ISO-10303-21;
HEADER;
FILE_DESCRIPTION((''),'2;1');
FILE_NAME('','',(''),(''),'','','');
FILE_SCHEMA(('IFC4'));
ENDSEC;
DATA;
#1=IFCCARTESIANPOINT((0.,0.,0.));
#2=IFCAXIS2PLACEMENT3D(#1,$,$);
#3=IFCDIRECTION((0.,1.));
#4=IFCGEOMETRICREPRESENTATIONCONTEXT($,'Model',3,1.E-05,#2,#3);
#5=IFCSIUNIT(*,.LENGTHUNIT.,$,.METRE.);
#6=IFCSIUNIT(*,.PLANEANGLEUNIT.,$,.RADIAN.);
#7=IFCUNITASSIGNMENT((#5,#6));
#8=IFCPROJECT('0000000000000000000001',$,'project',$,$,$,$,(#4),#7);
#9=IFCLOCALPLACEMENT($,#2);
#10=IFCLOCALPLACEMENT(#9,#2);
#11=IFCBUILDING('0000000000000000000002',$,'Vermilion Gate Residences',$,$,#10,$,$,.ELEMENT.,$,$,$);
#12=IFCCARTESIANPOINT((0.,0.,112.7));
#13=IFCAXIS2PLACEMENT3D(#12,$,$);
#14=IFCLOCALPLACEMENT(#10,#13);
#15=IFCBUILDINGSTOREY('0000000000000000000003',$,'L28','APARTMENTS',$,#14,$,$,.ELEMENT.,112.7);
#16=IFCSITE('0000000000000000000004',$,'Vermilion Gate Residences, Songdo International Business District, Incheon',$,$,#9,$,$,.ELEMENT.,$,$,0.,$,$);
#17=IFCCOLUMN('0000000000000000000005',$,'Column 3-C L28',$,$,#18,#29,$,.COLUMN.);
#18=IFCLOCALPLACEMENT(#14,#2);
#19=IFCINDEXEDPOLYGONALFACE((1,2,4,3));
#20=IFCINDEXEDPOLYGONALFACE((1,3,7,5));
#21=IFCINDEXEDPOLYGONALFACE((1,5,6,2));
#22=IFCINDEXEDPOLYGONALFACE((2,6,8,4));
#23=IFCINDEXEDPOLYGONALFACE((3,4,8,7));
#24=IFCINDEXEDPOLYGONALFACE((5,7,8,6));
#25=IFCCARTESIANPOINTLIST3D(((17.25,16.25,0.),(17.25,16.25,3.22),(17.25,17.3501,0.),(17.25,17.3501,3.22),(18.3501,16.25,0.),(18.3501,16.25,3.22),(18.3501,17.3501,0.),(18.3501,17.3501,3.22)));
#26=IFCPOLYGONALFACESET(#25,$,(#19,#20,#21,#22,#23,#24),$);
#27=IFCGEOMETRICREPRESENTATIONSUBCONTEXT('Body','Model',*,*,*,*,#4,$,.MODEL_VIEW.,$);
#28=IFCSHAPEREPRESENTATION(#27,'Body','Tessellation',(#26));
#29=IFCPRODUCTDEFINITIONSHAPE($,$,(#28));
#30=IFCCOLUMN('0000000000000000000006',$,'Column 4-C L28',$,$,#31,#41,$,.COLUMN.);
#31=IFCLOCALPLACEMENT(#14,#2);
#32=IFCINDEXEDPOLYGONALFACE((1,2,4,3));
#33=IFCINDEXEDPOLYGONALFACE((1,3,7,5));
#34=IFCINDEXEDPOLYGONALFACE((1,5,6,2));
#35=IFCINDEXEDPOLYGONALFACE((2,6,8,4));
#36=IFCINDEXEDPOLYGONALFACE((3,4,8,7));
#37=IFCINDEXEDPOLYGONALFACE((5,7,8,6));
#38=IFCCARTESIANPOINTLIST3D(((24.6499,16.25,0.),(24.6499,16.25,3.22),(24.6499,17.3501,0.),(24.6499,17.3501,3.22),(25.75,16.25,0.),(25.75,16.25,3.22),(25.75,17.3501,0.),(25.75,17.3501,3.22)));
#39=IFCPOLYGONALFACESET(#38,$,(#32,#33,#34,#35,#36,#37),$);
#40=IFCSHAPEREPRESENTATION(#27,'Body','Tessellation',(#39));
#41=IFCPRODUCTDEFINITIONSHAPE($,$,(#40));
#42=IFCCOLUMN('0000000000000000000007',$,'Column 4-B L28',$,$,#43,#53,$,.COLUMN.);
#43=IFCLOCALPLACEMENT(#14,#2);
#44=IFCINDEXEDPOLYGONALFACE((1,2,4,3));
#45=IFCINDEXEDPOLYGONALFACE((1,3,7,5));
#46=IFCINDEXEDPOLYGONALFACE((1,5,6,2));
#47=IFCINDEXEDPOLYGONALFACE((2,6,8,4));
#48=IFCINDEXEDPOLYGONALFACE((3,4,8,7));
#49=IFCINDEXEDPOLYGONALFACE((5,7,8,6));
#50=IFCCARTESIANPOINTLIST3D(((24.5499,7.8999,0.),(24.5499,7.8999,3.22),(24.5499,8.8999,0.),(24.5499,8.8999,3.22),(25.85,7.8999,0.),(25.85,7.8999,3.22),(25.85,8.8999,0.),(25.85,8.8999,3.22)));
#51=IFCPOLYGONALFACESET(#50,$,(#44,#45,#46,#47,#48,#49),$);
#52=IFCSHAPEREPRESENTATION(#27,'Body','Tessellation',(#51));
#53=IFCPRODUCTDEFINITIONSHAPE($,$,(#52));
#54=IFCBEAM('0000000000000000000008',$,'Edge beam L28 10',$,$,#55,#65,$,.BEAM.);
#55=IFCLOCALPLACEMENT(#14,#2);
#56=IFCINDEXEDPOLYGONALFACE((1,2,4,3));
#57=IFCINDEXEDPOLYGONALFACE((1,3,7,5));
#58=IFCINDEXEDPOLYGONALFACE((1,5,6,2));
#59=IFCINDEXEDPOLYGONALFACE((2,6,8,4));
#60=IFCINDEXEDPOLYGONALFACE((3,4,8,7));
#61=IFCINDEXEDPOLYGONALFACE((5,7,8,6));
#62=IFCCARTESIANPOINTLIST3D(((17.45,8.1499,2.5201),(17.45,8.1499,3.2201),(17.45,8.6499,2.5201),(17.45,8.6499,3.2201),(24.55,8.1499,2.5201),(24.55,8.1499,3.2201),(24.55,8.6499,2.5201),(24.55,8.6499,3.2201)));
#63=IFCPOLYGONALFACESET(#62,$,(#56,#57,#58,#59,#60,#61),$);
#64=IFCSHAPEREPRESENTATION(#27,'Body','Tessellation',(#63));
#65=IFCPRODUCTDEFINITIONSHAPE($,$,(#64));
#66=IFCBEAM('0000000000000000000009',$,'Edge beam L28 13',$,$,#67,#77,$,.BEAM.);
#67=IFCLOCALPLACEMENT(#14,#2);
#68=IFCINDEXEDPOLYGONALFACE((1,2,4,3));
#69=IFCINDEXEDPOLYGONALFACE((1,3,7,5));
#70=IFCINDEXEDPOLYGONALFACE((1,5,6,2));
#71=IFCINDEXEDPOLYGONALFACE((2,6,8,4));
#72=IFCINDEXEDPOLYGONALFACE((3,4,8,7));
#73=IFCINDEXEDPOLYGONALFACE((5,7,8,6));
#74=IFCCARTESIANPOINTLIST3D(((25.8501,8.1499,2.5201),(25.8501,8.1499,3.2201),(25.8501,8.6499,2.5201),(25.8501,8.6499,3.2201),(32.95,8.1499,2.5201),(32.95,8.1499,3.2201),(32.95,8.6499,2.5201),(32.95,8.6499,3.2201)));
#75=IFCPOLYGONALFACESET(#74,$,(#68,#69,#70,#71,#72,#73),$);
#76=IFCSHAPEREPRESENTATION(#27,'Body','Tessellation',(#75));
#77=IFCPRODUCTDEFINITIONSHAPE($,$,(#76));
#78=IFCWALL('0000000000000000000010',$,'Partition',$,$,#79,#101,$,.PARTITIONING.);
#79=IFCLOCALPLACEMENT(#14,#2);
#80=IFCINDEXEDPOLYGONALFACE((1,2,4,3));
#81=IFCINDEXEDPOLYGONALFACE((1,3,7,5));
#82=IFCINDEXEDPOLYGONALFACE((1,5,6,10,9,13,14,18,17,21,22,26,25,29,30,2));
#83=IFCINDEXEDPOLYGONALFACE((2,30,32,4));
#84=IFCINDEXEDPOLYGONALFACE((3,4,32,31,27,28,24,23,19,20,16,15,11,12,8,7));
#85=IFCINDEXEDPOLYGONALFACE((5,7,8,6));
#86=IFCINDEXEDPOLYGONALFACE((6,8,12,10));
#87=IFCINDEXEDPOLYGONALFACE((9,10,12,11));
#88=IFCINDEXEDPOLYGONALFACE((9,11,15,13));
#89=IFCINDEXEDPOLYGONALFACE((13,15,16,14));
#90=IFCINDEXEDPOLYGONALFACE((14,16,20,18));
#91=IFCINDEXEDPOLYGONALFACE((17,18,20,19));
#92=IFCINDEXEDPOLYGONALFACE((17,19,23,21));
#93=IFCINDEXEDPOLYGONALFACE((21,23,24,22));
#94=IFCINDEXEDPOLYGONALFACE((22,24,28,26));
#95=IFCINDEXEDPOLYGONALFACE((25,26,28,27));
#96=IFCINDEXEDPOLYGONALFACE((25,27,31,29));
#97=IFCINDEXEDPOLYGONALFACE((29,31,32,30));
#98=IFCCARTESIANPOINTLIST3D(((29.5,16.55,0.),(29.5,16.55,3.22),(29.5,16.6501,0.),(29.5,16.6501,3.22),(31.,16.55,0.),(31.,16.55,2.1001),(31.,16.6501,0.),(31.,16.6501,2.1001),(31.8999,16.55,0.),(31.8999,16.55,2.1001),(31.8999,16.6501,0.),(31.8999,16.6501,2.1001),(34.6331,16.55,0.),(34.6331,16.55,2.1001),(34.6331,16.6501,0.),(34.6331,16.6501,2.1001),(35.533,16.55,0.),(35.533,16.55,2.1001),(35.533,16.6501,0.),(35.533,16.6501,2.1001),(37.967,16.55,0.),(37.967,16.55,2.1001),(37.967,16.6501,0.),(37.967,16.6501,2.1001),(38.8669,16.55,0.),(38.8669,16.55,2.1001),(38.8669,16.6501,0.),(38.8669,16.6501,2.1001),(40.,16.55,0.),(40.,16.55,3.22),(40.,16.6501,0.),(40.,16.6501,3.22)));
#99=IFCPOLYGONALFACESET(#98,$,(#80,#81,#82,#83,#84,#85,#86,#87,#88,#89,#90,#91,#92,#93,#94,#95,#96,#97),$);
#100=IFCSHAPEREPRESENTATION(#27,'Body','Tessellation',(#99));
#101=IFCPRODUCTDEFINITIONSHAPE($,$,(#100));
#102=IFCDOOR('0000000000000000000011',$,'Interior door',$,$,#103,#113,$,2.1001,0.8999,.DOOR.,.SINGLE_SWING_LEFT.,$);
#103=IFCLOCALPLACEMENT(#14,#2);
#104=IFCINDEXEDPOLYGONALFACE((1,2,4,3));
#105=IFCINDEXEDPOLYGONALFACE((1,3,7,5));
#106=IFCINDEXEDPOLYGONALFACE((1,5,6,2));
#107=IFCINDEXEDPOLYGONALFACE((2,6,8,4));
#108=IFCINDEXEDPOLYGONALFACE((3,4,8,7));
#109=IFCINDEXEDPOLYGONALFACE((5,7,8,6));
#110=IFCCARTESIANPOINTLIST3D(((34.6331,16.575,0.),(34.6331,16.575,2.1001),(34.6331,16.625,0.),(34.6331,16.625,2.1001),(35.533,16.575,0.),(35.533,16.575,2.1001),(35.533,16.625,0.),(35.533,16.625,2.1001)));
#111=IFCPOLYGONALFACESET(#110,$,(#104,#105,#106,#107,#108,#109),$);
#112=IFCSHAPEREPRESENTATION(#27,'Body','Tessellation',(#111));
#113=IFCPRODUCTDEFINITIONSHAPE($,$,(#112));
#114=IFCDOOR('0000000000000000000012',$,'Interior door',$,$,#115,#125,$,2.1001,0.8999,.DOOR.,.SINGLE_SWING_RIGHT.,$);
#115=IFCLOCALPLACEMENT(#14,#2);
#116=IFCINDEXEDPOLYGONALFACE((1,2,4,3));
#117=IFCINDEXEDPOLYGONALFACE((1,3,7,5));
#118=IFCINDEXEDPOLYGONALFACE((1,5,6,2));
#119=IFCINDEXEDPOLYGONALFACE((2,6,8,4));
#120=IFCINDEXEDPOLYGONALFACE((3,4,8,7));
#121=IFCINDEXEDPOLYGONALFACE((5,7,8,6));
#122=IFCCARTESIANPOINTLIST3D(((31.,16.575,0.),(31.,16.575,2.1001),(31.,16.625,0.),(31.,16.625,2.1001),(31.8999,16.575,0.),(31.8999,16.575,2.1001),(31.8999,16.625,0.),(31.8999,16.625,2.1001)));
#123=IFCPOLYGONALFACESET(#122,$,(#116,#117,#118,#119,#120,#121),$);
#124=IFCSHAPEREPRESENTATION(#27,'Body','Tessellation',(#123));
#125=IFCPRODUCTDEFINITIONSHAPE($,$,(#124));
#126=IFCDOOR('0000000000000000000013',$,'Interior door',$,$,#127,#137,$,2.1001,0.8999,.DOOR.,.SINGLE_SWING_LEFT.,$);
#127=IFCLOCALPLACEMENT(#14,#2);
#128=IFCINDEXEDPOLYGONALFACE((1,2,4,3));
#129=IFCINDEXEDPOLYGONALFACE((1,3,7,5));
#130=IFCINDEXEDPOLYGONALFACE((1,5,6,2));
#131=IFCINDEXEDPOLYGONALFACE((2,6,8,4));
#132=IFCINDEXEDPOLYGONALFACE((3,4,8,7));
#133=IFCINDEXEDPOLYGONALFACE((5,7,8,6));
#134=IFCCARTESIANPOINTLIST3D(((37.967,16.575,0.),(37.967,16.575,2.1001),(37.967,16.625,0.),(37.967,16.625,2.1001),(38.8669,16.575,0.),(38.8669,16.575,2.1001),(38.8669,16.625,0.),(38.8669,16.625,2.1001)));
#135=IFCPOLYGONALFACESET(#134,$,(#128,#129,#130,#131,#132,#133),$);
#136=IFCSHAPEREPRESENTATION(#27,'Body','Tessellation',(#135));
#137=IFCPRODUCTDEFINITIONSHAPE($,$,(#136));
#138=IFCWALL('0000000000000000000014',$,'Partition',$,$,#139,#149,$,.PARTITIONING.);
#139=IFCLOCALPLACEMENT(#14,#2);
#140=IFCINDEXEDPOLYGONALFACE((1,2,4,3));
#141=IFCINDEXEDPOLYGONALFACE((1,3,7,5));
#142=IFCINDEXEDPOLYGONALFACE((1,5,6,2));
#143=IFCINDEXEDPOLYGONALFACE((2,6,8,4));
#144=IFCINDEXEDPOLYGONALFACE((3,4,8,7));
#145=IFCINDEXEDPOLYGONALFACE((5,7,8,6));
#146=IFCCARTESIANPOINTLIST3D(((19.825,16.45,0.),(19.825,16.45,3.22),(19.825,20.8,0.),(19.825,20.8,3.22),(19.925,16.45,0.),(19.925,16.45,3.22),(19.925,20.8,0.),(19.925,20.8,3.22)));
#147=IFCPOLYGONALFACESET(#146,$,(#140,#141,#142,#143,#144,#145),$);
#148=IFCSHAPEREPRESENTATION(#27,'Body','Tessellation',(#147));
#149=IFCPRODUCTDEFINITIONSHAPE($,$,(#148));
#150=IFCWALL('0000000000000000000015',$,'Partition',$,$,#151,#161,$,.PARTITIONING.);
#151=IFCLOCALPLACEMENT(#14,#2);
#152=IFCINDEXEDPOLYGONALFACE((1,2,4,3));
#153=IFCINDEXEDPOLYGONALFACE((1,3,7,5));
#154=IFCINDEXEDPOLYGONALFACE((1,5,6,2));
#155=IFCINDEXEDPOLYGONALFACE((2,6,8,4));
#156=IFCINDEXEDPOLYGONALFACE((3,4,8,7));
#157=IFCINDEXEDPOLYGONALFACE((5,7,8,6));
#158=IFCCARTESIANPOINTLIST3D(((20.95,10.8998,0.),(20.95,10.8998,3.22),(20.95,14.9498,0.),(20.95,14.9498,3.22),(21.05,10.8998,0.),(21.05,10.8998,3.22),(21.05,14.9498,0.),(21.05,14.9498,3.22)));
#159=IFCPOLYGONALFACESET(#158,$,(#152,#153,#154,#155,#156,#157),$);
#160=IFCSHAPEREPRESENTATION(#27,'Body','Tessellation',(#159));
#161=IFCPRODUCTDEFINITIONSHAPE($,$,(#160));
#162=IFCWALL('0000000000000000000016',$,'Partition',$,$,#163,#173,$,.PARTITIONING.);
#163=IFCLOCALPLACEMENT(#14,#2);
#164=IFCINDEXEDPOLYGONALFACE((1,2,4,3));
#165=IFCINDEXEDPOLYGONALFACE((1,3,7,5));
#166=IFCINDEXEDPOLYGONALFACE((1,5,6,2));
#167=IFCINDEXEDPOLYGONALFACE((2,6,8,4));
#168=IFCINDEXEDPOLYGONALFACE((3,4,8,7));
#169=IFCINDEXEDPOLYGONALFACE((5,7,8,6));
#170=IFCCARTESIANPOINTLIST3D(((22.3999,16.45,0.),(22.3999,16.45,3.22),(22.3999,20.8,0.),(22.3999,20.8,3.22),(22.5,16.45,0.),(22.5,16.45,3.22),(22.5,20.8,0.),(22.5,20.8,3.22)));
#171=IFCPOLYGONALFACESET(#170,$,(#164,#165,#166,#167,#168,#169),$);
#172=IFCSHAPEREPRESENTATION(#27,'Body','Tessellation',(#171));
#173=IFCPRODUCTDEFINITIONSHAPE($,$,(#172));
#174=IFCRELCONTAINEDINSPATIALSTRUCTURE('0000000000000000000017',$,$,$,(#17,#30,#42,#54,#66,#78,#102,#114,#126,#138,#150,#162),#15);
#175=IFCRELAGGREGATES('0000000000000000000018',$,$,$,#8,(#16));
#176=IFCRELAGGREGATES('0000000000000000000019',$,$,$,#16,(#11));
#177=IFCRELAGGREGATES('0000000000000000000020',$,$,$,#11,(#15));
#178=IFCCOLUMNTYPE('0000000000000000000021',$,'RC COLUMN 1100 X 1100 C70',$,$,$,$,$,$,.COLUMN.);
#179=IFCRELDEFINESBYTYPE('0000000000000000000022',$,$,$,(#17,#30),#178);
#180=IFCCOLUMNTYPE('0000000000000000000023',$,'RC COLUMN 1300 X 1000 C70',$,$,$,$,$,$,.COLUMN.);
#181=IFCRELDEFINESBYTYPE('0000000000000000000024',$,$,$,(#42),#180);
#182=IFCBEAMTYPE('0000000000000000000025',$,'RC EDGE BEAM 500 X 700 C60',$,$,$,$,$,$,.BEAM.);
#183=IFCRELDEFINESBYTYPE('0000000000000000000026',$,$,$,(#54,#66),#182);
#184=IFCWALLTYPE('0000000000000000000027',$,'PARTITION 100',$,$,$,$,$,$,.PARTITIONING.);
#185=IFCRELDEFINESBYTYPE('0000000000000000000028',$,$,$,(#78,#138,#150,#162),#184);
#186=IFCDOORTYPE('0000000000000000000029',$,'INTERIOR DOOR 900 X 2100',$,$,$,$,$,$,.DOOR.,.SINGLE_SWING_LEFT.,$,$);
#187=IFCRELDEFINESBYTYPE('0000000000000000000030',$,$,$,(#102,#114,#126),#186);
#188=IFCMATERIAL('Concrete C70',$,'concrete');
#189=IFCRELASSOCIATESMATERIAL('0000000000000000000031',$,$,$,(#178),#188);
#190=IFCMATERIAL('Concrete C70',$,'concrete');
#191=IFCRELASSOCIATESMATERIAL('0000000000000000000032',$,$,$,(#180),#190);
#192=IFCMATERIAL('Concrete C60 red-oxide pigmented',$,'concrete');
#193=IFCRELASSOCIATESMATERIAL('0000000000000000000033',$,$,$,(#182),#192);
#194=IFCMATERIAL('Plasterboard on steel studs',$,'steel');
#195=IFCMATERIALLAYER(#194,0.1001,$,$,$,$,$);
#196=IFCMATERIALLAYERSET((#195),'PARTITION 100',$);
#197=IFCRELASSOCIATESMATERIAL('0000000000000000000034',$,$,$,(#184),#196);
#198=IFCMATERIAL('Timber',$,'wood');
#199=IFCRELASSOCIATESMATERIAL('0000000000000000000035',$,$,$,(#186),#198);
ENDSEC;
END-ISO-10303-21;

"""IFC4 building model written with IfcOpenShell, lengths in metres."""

from ifc_helpers import new_model, si_unit, direction, frame, frame_2d, origin, origin_2d, place, context, subcontext, project, spatial, rectangle, extrude, material, layer, layer_set, material_profile, profile_set, type_object, element, fill, save


model = new_model("IFC4")

# Units and contexts
model_context = context("Model", 3, precision=1e-05, world=origin(), true_north=direction((0.0, 1.0)))
body_context = subcontext(model_context, "Body", "Model", "MODEL_VIEW")
ifc_project = project(units=[si_unit("LENGTHUNIT", "METRE"), si_unit("PLANEANGLEUNIT", "RADIAN")], contexts=[model_context])

# Site, building, storey
site_placement = place(None, origin())
site = spatial("IfcSite", under=ifc_project, at=site_placement, Name="Vermilion Gate Residences, Songdo International Business District, Incheon", CompositionType="ELEMENT", RefElevation=0.0)
building_placement = place(site_placement, origin())
building = spatial("IfcBuilding", under=site, at=building_placement, Name="Vermilion Gate Residences", CompositionType="ELEMENT")
storey_placement = place(building_placement, frame((0.0, 0.0, 112.7)))
storey = spatial("IfcBuildingStorey", under=building, at=storey_placement, Name="L28", Description="APARTMENTS", CompositionType="ELEMENT", Elevation=112.7)

# Columns
ifc_material_1 = material(Name="Concrete C70", Category="concrete")
ifc_material_profile_1 = material_profile(ifc_material_1, rectangle(XDim=1.1001, YDim=1.1001, at=origin_2d()), Name="RC-1100x1100")
ifc_profile_set_1 = profile_set([ifc_material_profile_1], Name="Concrete C70")
column_type_1 = type_object("IfcColumnType", Name="RC COLUMN 1100 X 1100 C70", PredefinedType="COLUMN", material=ifc_profile_set_1)
for number, where, z_axis, x_axis, name in (
    (1, (17.8, 16.8, 0.0), (0.0, 0.0, 1.0), (1.0, 0.0, 0.0), "Column 3-C L28"),
    (2, (25.2, 16.8, 0.0), (0.0, 0.0, 1.0), (1.0, 0.0, 0.0), "Column 4-C L28"),
):
    element("IfcColumn", number, at=place(storey_placement, frame(where, z_axis=z_axis, x_axis=x_axis)), inside=storey, type_object=column_type_1, Name=name, PredefinedType="COLUMN", context=body_context, shape_type="SweptSolid", body=[
        extrude(rectangle(XDim=1.1001, YDim=1.1001, at=origin_2d()), origin(), (0.0, 0.0, 1.0), 3.22),
    ])
ifc_material_2 = material(Name="Concrete C70", Category="concrete")
ifc_material_profile_2 = material_profile(ifc_material_2, rectangle(XDim=1.3, YDim=1.0, at=origin_2d()), Name="RC-1300x1000")
ifc_profile_set_2 = profile_set([ifc_material_profile_2], Name="Concrete C70")
column_type_2 = type_object("IfcColumnType", Name="RC COLUMN 1300 X 1000 C70", PredefinedType="COLUMN", material=ifc_profile_set_2)
column_placement = place(storey_placement, frame((25.2, 8.3999, 0.0), z_axis=(0.0, 0.0, 1.0), x_axis=(1.0, 0.0, 0.0)))
element("IfcColumn", 3, at=column_placement, inside=storey, type_object=column_type_2, Name="Column 4-B L28", PredefinedType="COLUMN", context=body_context, shape_type="SweptSolid", body=[
    extrude(rectangle(XDim=1.3, YDim=1.0, at=origin_2d()), origin(), (0.0, 0.0, 1.0), 3.22),
])

# Beams
ifc_material_3 = material(Name="Concrete C60 red-oxide pigmented", Category="concrete")
ifc_material_profile_3 = material_profile(ifc_material_3, rectangle(XDim=0.5, YDim=0.7, at=origin_2d()), Name="RC-500x700")
ifc_profile_set_3 = profile_set([ifc_material_profile_3], Name="Concrete C60 red-oxide pigmented")
beam_type = type_object("IfcBeamType", Name="RC EDGE BEAM 500 X 700 C60", PredefinedType="BEAM", material=ifc_profile_set_3)
beam_1_placement = place(storey_placement, frame((17.45, 8.3999, 2.8701), z_axis=(1.0, 0.0, 0.0), x_axis=(0.0, 1.0, 0.0)))
element("IfcBeam", 4, at=beam_1_placement, inside=storey, type_object=beam_type, Name="Edge beam L28 10", PredefinedType="BEAM", context=body_context, shape_type="SweptSolid", body=[
    extrude(rectangle(XDim=0.5, YDim=0.7, at=origin_2d()), origin(), (0.0, 0.0, 1.0), 7.1001),
])
beam_2_placement = place(storey_placement, frame((25.8501, 8.3999, 2.8701), z_axis=(1.0, 0.0, 0.0), x_axis=(0.0, 1.0, 0.0)))
element("IfcBeam", 5, at=beam_2_placement, inside=storey, type_object=beam_type, Name="Edge beam L28 13", PredefinedType="BEAM", context=body_context, shape_type="SweptSolid", body=[
    extrude(rectangle(XDim=0.5, YDim=0.7, at=origin_2d()), origin(), (0.0, 0.0, 1.0), 7.0999),
])

# Wall, openings, doors
ifc_material_4 = material(Name="Plasterboard on steel studs", Category="steel")
ifc_layer_1 = layer(ifc_material_4, 0.1001)
ifc_layer_set_1 = layer_set([ifc_layer_1], Name="PARTITION 100")
wall_type_1 = type_object("IfcWallType", Name="PARTITION 100", PredefinedType="PARTITIONING", material=ifc_layer_set_1)
wall_1_placement = place(storey_placement, frame((29.5, 16.6001, 0.0), z_axis=(0.0, 0.0, 1.0), x_axis=(1.0, 0.0, 0.0)))
wall_1 = element("IfcWall", 6, at=wall_1_placement, inside=storey, type_object=wall_type_1, Name="Partition", PredefinedType="PARTITIONING", context=body_context, shape_type="SweptSolid", body=[
    extrude(rectangle(XDim=10.5, YDim=0.1001, at=frame_2d((5.25, 0.0))), origin(), (0.0, 0.0, 1.0), 3.22),
])
opening_1_placement = place(wall_1_placement, frame((5.1331, 0.0, 0.0)))
opening_1 = element("IfcOpeningElement", 7, at=opening_1_placement, cuts=wall_1, PredefinedType="OPENING", context=body_context, shape_type="SweptSolid", body=[
    extrude(rectangle(XDim=0.8999, YDim=2.1001, at=frame_2d((0.45, 1.05))), frame((0.0, 0.0601, 0.0), z_axis=(0.0, -1.0, 0.0), x_axis=(1.0, 0.0, 0.0)), (0.0, 0.0, 1.0), 0.1201),
])
opening_2_placement = place(wall_1_placement, frame((1.5, 0.0, 0.0)))
opening_2 = element("IfcOpeningElement", 8, at=opening_2_placement, cuts=wall_1, PredefinedType="OPENING", context=body_context, shape_type="SweptSolid", body=[
    extrude(rectangle(XDim=0.8999, YDim=2.1001, at=frame_2d((0.45, 1.05))), frame((0.0, 0.0601, 0.0), z_axis=(0.0, -1.0, 0.0), x_axis=(1.0, 0.0, 0.0)), (0.0, 0.0, 1.0), 0.1201),
])
opening_3_placement = place(wall_1_placement, frame((8.467, 0.0, 0.0)))
opening_3 = element("IfcOpeningElement", 9, at=opening_3_placement, cuts=wall_1, PredefinedType="OPENING", context=body_context, shape_type="SweptSolid", body=[
    extrude(rectangle(XDim=0.8999, YDim=2.1001, at=frame_2d((0.45, 1.05))), frame((0.0, 0.0601, 0.0), z_axis=(0.0, -1.0, 0.0), x_axis=(1.0, 0.0, 0.0)), (0.0, 0.0, 1.0), 0.1201),
])
ifc_material_5 = material(Name="Timber", Category="wood")
door_type = type_object("IfcDoorType", Name="INTERIOR DOOR 900 X 2100", OperationType="SINGLE_SWING_LEFT", PredefinedType="DOOR", material=ifc_material_5)
door_1_placement = place(opening_1_placement, origin())
door_1 = element("IfcDoor", 10, at=door_1_placement, inside=storey, type_object=door_type, Name="Interior door", OperationType="SINGLE_SWING_LEFT", OverallHeight=2.1001, OverallWidth=0.8999, PredefinedType="DOOR", context=body_context, shape_type="SweptSolid", body=[
    extrude(rectangle(XDim=0.8999, YDim=2.1001, at=frame_2d((0.45, 1.05))), frame((0.0, 0.0249, 0.0), z_axis=(0.0, -1.0, 0.0), x_axis=(1.0, 0.0, 0.0)), (0.0, 0.0, 1.0), 0.05),
])
fill(opening_1, door_1)
door_2_placement = place(opening_2_placement, origin())
door_2 = element("IfcDoor", 11, at=door_2_placement, inside=storey, type_object=door_type, Name="Interior door", OperationType="SINGLE_SWING_RIGHT", OverallHeight=2.1001, OverallWidth=0.8999, PredefinedType="DOOR", context=body_context, shape_type="SweptSolid", body=[
    extrude(rectangle(XDim=0.8999, YDim=2.1001, at=frame_2d((0.45, 1.05))), frame((0.0, 0.0249, 0.0), z_axis=(0.0, -1.0, 0.0), x_axis=(1.0, 0.0, 0.0)), (0.0, 0.0, 1.0), 0.05),
])
fill(opening_2, door_2)
door_3_placement = place(opening_3_placement, origin())
door_3 = element("IfcDoor", 12, at=door_3_placement, inside=storey, type_object=door_type, Name="Interior door", OperationType="SINGLE_SWING_LEFT", OverallHeight=2.1001, OverallWidth=0.8999, PredefinedType="DOOR", context=body_context, shape_type="SweptSolid", body=[
    extrude(rectangle(XDim=0.8999, YDim=2.1001, at=frame_2d((0.45, 1.05))), frame((0.0, 0.0249, 0.0), z_axis=(0.0, -1.0, 0.0), x_axis=(1.0, 0.0, 0.0)), (0.0, 0.0, 1.0), 0.05),
])
fill(opening_3, door_3)

# Walls
wall_2_placement = place(storey_placement, frame((19.875, 16.45, 0.0), z_axis=(0.0, 0.0, 1.0), x_axis=(0.0, 1.0, 0.0)))
element("IfcWall", 13, at=wall_2_placement, inside=storey, type_object=wall_type_1, Name="Partition", PredefinedType="PARTITIONING", context=body_context, shape_type="SweptSolid", body=[
    extrude(rectangle(XDim=4.3501, YDim=0.1001, at=frame_2d((2.175, 0.0))), origin(), (0.0, 0.0, 1.0), 3.22),
])
wall_3_placement = place(storey_placement, frame((21.0, 10.8999, 0.0), z_axis=(0.0, 0.0, 1.0), x_axis=(0.0, 1.0, 0.0)))
element("IfcWall", 14, at=wall_3_placement, inside=storey, type_object=wall_type_1, Name="Partition", PredefinedType="PARTITIONING", context=body_context, shape_type="SweptSolid", body=[
    extrude(rectangle(XDim=4.05, YDim=0.1001, at=frame_2d((2.0249, 0.0))), origin(), (0.0, 0.0, 1.0), 3.22),
])
wall_4_placement = place(storey_placement, frame((22.45, 16.45, 0.0), z_axis=(0.0, 0.0, 1.0), x_axis=(0.0, 1.0, 0.0)))
element("IfcWall", 15, at=wall_4_placement, inside=storey, type_object=wall_type_1, Name="Partition", PredefinedType="PARTITIONING", context=body_context, shape_type="SweptSolid", body=[
    extrude(rectangle(XDim=4.3501, YDim=0.1001, at=frame_2d((2.175, 0.0))), origin(), (0.0, 0.0, 1.0), 3.22),
])

save(model, "model.ifc")
